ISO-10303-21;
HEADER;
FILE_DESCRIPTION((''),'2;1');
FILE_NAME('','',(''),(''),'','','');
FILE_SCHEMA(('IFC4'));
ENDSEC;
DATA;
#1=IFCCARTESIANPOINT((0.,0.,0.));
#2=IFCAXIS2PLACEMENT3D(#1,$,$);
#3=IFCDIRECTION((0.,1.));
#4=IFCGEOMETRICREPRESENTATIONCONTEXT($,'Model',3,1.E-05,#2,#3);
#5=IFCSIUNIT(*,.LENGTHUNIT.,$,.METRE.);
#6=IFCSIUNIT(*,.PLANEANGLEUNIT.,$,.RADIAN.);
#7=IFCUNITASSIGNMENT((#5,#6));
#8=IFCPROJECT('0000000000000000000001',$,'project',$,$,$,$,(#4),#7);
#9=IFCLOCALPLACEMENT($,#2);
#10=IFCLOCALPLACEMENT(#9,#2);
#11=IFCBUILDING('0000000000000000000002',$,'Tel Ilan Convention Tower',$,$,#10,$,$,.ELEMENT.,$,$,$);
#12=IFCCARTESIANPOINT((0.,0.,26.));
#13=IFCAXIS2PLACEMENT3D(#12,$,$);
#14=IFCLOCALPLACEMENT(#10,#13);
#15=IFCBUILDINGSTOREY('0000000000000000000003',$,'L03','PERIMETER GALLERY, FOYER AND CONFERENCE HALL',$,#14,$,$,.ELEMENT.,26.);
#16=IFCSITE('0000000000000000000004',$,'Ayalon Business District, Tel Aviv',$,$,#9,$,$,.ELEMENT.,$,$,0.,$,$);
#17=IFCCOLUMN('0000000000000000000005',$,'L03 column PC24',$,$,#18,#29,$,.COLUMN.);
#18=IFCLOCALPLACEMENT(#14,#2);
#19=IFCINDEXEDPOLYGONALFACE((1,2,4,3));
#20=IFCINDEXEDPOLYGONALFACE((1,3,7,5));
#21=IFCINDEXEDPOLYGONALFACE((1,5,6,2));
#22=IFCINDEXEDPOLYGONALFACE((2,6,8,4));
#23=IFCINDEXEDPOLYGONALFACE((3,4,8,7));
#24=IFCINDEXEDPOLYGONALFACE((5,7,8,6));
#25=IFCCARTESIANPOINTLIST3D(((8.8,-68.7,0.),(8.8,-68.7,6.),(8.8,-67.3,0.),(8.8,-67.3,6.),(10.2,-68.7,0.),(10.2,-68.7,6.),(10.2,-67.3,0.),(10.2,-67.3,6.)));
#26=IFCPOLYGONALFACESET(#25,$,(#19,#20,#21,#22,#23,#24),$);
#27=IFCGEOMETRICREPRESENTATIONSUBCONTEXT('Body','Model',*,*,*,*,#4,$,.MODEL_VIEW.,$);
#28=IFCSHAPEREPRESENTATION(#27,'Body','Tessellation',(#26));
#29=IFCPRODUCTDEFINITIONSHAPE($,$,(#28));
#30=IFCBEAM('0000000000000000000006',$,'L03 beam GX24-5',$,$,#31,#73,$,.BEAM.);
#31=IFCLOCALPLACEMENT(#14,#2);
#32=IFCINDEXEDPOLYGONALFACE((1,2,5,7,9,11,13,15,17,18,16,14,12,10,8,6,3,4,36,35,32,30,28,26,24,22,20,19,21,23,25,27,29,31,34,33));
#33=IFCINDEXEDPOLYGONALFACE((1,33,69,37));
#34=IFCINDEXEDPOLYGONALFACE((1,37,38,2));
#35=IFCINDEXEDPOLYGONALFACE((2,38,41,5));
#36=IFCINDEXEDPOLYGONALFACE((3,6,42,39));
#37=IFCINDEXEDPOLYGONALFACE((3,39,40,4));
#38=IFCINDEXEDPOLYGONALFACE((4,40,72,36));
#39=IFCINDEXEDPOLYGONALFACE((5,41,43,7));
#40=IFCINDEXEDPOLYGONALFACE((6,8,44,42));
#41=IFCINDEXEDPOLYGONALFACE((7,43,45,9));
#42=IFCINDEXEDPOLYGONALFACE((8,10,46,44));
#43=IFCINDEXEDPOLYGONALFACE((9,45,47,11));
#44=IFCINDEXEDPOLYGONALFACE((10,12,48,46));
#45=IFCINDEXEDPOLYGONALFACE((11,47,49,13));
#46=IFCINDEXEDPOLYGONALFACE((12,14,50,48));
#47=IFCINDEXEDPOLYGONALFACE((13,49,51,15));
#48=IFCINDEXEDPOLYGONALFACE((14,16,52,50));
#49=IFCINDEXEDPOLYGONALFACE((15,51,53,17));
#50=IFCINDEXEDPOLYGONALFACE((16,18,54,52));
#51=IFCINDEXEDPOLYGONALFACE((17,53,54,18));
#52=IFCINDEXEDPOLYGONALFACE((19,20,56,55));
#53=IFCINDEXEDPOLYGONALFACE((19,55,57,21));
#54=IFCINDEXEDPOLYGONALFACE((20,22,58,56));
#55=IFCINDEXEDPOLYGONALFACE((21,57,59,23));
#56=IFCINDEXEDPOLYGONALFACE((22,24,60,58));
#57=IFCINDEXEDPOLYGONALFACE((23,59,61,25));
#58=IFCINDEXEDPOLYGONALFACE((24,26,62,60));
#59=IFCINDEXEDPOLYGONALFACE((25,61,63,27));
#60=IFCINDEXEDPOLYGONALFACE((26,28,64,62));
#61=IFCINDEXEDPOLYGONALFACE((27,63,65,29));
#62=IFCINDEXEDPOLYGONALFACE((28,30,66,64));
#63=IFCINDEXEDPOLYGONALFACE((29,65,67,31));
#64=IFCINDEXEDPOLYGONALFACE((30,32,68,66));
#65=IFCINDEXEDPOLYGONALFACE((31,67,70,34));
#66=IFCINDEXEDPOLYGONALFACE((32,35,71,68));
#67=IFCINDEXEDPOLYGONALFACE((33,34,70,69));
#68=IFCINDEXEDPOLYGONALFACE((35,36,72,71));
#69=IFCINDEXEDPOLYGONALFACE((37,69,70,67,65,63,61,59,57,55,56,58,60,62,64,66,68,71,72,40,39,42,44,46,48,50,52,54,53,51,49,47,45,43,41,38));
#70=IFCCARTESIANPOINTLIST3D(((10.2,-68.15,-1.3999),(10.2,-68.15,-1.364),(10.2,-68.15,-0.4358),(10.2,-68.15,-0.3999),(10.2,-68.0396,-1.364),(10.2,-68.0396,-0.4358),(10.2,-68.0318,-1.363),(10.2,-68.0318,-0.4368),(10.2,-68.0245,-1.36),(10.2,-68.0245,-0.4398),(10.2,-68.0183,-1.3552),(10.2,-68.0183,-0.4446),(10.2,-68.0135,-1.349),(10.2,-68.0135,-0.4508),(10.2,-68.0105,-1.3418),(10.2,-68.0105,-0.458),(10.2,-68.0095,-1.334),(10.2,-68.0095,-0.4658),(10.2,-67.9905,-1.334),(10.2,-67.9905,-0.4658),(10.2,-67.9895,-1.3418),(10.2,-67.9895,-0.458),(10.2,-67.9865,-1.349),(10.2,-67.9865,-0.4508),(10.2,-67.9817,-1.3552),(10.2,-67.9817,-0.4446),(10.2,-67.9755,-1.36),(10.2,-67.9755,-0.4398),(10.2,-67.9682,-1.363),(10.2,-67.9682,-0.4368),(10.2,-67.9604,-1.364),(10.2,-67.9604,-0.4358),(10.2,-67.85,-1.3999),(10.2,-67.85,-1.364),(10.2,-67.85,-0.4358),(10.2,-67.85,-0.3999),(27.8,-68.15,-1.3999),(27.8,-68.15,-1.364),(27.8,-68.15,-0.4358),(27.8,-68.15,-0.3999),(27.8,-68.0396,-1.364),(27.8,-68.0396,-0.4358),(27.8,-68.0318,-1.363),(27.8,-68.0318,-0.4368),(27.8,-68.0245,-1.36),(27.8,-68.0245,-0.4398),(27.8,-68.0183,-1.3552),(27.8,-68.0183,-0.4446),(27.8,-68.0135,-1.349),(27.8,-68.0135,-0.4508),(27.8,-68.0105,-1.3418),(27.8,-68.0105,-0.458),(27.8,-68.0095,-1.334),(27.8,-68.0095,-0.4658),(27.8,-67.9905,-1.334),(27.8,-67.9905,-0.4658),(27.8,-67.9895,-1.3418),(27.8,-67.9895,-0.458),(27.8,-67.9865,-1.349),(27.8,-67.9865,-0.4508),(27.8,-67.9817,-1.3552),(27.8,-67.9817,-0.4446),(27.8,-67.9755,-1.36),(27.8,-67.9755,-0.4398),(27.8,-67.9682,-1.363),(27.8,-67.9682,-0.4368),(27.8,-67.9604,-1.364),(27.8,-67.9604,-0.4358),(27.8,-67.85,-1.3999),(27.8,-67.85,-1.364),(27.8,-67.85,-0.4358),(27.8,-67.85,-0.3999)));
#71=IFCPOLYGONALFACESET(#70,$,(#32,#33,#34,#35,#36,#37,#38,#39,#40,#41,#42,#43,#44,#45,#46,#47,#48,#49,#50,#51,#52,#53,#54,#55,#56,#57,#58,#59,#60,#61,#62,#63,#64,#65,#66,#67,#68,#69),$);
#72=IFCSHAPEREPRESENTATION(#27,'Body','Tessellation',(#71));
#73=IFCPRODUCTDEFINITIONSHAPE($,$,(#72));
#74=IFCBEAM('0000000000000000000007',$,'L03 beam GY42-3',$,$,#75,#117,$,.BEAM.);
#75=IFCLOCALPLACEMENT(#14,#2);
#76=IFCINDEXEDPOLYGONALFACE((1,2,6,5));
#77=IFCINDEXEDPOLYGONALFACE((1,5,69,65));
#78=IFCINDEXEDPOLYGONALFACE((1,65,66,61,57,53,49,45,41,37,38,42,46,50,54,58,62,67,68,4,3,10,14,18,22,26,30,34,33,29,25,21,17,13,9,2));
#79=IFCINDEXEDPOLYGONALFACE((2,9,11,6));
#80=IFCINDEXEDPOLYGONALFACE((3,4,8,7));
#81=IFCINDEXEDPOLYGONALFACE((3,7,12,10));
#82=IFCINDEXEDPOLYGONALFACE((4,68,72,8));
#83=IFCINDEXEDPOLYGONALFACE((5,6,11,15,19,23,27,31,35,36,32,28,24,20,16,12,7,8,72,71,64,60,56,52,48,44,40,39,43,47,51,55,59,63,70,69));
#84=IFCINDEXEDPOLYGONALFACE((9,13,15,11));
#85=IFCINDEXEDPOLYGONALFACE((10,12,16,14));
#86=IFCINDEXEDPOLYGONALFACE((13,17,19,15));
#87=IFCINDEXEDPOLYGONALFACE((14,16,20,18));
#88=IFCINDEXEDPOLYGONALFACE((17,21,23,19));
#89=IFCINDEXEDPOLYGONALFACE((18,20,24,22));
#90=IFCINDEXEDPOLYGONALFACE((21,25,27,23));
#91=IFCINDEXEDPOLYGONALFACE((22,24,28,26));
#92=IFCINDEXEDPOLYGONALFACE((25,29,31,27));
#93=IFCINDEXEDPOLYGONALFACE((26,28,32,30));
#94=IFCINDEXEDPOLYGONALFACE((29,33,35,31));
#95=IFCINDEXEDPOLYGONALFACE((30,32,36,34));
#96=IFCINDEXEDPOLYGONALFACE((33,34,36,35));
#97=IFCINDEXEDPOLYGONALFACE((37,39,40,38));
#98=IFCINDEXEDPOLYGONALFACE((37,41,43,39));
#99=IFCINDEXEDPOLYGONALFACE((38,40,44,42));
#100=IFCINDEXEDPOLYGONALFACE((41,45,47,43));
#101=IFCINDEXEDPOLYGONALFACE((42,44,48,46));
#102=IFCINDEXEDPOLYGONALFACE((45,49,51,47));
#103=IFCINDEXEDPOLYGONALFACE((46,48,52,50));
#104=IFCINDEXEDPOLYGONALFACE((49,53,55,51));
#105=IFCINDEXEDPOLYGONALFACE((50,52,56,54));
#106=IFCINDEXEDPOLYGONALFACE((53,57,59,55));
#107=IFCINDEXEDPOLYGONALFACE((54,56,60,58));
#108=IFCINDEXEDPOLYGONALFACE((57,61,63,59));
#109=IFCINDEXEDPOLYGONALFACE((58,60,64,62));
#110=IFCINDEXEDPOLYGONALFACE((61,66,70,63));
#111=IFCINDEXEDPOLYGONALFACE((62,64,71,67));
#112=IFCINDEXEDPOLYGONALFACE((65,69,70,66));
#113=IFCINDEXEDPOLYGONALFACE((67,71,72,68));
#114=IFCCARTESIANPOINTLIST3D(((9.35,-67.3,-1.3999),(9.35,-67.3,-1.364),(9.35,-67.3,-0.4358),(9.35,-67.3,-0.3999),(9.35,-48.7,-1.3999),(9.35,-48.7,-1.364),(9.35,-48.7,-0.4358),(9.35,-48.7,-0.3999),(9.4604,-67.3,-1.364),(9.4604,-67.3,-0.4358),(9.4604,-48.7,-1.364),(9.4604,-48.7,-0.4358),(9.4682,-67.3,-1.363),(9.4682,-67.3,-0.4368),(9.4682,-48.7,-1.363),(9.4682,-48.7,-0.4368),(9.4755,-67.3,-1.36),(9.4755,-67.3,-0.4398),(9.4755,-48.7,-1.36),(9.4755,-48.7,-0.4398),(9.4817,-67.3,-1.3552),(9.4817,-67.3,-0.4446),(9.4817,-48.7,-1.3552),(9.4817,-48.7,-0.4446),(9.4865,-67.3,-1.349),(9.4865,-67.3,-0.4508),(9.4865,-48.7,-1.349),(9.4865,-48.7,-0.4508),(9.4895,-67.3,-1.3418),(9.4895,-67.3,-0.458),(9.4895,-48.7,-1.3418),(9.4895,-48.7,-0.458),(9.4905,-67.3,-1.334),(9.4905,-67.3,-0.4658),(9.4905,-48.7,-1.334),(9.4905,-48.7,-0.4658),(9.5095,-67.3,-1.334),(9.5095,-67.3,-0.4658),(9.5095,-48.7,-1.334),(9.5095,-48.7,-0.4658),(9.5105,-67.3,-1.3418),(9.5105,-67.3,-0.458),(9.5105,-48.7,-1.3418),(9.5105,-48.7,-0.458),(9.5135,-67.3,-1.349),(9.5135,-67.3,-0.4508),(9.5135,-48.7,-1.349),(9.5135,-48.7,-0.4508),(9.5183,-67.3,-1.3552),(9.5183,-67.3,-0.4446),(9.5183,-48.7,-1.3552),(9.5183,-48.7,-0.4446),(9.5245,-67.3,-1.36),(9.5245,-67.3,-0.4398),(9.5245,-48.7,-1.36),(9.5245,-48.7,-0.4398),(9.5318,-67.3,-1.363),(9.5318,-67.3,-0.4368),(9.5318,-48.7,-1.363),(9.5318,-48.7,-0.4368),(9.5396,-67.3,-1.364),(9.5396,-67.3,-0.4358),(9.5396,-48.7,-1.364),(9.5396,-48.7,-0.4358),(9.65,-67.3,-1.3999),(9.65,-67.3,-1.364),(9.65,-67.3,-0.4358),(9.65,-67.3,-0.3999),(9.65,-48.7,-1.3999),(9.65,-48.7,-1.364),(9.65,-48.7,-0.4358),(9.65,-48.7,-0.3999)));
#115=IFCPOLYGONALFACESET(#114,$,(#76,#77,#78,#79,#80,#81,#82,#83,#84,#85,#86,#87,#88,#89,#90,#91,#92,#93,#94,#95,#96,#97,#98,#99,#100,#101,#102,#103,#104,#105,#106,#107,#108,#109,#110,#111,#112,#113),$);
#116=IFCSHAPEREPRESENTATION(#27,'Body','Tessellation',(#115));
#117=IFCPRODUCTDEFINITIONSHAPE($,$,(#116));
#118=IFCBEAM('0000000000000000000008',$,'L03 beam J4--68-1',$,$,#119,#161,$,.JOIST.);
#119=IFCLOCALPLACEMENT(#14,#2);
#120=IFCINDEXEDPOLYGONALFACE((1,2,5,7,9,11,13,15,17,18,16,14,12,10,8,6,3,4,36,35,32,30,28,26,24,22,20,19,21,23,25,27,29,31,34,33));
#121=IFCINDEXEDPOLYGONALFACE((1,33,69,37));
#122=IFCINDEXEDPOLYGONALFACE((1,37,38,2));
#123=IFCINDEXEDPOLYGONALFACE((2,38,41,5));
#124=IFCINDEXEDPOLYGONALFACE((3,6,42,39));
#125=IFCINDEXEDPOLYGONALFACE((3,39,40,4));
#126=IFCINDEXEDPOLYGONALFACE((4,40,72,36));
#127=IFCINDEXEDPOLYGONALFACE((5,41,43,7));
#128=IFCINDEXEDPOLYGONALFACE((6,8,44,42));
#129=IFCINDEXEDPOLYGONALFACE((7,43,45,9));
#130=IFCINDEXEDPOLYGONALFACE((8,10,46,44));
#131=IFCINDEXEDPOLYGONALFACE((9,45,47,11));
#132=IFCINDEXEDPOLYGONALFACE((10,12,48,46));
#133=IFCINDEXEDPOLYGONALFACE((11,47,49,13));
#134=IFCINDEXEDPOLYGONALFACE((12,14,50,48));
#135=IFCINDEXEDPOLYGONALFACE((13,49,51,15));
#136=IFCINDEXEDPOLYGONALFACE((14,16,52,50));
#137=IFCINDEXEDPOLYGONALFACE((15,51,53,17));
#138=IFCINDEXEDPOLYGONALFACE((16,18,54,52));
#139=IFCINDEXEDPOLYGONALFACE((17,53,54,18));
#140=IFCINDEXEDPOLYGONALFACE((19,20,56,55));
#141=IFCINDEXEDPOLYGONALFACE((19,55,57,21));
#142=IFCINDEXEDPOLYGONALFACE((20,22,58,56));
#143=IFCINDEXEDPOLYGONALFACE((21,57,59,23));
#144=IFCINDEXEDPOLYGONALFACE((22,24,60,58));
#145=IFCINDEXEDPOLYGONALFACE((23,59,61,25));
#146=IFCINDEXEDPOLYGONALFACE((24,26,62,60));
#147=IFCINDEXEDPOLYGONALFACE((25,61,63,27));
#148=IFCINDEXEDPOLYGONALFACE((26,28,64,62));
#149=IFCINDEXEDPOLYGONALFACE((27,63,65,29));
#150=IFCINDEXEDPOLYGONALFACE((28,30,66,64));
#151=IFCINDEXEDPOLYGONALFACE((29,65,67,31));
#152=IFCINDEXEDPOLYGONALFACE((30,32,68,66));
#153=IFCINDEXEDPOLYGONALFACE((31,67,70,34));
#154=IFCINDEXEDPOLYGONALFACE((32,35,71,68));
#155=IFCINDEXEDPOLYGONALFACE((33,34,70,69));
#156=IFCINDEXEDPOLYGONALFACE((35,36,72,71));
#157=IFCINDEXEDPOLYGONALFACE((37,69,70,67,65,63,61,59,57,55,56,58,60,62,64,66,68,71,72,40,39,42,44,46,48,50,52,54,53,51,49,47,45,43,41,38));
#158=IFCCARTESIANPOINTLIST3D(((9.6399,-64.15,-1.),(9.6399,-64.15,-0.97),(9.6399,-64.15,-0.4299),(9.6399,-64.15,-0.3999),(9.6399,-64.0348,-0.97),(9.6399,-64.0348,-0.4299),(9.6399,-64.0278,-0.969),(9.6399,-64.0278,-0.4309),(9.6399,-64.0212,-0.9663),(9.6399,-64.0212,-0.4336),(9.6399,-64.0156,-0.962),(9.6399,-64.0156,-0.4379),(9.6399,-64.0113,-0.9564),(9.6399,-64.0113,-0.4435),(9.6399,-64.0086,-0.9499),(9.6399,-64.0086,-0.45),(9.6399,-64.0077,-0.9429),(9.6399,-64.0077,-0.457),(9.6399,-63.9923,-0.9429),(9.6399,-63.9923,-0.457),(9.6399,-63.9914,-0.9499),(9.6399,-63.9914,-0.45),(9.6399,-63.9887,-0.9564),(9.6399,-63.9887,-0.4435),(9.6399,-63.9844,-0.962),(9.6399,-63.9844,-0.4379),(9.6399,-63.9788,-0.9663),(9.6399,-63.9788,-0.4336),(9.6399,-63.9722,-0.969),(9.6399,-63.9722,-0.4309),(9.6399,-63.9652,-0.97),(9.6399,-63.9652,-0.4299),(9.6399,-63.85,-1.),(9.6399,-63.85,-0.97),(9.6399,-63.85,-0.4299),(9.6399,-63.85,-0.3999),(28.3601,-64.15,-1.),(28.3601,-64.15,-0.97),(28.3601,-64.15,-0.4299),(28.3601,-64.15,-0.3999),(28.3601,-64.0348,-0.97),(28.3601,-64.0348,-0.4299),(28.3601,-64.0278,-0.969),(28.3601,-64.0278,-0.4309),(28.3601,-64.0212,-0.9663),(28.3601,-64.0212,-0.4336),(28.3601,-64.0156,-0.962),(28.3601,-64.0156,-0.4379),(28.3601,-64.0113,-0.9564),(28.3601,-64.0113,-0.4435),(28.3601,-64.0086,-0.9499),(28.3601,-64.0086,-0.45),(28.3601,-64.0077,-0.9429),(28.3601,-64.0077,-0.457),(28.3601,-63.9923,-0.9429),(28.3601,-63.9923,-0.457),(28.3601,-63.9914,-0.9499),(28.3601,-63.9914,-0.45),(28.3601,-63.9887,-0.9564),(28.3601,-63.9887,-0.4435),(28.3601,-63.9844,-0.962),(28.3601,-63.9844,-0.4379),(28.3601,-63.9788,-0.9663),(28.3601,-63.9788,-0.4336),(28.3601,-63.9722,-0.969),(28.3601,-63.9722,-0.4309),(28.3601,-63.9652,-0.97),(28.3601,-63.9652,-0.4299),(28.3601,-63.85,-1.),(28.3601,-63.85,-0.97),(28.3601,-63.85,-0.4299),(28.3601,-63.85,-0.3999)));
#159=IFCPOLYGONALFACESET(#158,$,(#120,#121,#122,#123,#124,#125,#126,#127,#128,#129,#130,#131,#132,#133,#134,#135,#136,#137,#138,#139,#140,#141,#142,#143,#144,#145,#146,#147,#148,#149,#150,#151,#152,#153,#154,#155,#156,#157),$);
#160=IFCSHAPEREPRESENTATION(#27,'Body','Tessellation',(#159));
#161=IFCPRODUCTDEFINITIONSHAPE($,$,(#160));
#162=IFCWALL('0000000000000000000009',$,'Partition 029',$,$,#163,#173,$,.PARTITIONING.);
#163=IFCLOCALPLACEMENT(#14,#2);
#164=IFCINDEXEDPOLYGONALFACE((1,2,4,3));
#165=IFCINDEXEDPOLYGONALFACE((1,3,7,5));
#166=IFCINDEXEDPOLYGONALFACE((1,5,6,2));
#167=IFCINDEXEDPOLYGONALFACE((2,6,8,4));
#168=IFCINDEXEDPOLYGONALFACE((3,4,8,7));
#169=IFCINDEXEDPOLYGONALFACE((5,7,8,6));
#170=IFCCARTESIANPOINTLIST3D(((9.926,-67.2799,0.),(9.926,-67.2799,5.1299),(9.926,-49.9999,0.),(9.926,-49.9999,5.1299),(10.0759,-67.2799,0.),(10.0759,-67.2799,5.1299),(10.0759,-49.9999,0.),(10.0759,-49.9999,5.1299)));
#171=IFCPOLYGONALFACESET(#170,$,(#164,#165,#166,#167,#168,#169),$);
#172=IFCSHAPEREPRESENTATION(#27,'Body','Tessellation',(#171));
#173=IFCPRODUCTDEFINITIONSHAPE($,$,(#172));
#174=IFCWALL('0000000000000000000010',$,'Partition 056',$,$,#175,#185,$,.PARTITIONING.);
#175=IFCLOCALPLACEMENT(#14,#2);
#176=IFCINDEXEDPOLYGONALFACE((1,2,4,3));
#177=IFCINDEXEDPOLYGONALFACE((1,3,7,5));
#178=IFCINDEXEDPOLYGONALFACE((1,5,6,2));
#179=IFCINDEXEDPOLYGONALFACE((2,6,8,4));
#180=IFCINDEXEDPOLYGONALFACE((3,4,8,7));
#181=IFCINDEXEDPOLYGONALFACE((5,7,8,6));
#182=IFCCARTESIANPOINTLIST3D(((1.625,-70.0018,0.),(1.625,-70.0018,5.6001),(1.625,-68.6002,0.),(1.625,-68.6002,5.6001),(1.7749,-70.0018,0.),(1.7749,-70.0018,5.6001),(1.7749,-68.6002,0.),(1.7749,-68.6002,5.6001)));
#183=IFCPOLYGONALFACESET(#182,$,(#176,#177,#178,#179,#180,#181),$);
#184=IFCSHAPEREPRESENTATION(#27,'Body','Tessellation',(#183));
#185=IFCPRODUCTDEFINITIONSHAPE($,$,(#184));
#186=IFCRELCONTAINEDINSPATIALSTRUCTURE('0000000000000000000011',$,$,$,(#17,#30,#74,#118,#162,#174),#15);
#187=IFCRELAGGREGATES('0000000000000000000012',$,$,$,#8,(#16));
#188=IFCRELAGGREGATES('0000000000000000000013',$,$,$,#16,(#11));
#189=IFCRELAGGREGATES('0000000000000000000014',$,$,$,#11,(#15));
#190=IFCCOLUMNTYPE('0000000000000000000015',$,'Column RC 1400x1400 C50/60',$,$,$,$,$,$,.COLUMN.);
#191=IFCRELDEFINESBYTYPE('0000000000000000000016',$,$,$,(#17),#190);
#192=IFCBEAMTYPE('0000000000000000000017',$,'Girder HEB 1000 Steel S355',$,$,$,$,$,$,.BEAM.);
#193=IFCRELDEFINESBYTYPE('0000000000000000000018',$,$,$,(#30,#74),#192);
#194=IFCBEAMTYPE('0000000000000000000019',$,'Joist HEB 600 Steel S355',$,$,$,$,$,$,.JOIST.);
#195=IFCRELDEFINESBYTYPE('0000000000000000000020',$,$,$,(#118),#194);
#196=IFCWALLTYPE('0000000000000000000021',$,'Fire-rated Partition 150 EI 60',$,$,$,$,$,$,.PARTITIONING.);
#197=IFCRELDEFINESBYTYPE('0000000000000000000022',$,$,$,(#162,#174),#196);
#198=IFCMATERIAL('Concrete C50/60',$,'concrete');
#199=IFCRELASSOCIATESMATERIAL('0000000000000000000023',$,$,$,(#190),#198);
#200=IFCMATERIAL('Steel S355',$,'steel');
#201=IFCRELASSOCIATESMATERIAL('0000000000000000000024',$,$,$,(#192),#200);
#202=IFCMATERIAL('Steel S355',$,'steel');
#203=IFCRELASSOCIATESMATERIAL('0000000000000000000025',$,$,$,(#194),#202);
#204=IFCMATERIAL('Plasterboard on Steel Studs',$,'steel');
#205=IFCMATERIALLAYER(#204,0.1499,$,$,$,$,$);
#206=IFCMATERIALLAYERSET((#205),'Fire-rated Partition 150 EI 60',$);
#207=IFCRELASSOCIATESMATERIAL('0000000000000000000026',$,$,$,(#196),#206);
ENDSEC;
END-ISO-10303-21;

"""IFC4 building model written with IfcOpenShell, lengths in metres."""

from ifc_helpers import new_model, si_unit, direction, frame, frame_2d, origin, origin_2d, place, context, subcontext, project, spatial, rectangle, i_section, extrude, material, layer, layer_set, material_profile, profile_set, type_object, element, save


model = new_model("IFC4")

# Units and contexts
model_context = context("Model", 3, precision=1e-05, world=origin(), true_north=direction((0.0, 1.0)))
body_context = subcontext(model_context, "Body", "Model", "MODEL_VIEW")
ifc_project = project(units=[si_unit("LENGTHUNIT", "METRE"), si_unit("PLANEANGLEUNIT", "RADIAN")], contexts=[model_context])

# Site, building, storey
site_placement = place(None, origin())
site = spatial("IfcSite", under=ifc_project, at=site_placement, Name="Ayalon Business District, Tel Aviv", CompositionType="ELEMENT", RefElevation=0.0)
building_placement = place(site_placement, origin())
building = spatial("IfcBuilding", under=site, at=building_placement, Name="Tel Ilan Convention Tower", CompositionType="ELEMENT")
storey_placement = place(building_placement, frame((0.0, 0.0, 26.0)))
storey = spatial("IfcBuildingStorey", under=building, at=storey_placement, Name="L03", Description="PERIMETER GALLERY, FOYER AND CONFERENCE HALL", CompositionType="ELEMENT", Elevation=26.0)

# Column
ifc_material_1 = material(Name="Concrete C50/60", Category="concrete")
ifc_material_profile_1 = material_profile(ifc_material_1, rectangle(XDim=1.3999, YDim=1.3999, at=origin_2d()), Name="RC 1400x1400")
ifc_profile_set_1 = profile_set([ifc_material_profile_1], Name="Concrete C50/60")
column_type = type_object("IfcColumnType", Name="Column RC 1400x1400 C50/60", PredefinedType="COLUMN", material=ifc_profile_set_1)
column_placement = place(storey_placement, frame((9.5, -68.0, 0.0), z_axis=(0.0, 0.0, 1.0), x_axis=(1.0, 0.0, 0.0)))
element("IfcColumn", 1, at=column_placement, inside=storey, type_object=column_type, Name="L03 column PC24", PredefinedType="COLUMN", context=body_context, shape_type="SweptSolid", body=[
    extrude(rectangle(XDim=1.3999, YDim=1.3999, at=origin_2d()), origin(), (0.0, 0.0, 1.0), 6.0),
])

# Beams
ifc_material_2 = material(Name="Steel S355", Category="steel")
ifc_material_profile_2 = material_profile(ifc_material_2, i_section(OverallWidth=0.3, OverallDepth=1.0, WebThickness=0.019, FlangeThickness=0.0359, FilletRadius=0.03, at=origin_2d()), Name="HEB 1000")
ifc_profile_set_2 = profile_set([ifc_material_profile_2], Name="Steel S355")
beam_type_1 = type_object("IfcBeamType", Name="Girder HEB 1000 Steel S355", PredefinedType="BEAM", material=ifc_profile_set_2)
beam_1_placement = place(storey_placement, frame((10.2, -68.0, -0.8999), z_axis=(1.0, 0.0, 0.0), x_axis=(0.0, 1.0, 0.0)))
element("IfcBeam", 2, at=beam_1_placement, inside=storey, type_object=beam_type_1, Name="L03 beam GX24-5", PredefinedType="BEAM", context=body_context, shape_type="SweptSolid", body=[
    extrude(i_section(OverallWidth=0.3, OverallDepth=1.0, WebThickness=0.019, FlangeThickness=0.0359, FilletRadius=0.03, at=origin_2d()), origin(), (0.0, 0.0, 1.0), 17.6001),
])
beam_2_placement = place(storey_placement, frame((9.5, -67.3, -0.8999), z_axis=(0.0, 1.0, 0.0), x_axis=(-1.0, 0.0, 0.0)))
element("IfcBeam", 3, at=beam_2_placement, inside=storey, type_object=beam_type_1, Name="L03 beam GY42-3", PredefinedType="BEAM", context=body_context, shape_type="SweptSolid", body=[
    extrude(i_section(OverallWidth=0.3, OverallDepth=1.0, WebThickness=0.019, FlangeThickness=0.0359, FilletRadius=0.03, at=origin_2d()), origin(), (0.0, 0.0, 1.0), 18.6001),
])
ifc_material_3 = material(Name="Steel S355", Category="steel")
ifc_material_profile_3 = material_profile(ifc_material_3, i_section(OverallWidth=0.3, OverallDepth=0.6001, WebThickness=0.0154, FlangeThickness=0.03, FilletRadius=0.0271, at=origin_2d()), Name="HEB 600")
ifc_profile_set_3 = profile_set([ifc_material_profile_3], Name="Steel S355")
beam_type_2 = type_object("IfcBeamType", Name="Joist HEB 600 Steel S355", PredefinedType="JOIST", material=ifc_profile_set_3)
beam_3_placement = place(storey_placement, frame((9.6399, -64.0, -0.7), z_axis=(1.0, 0.0, 0.0), x_axis=(0.0, 1.0, 0.0)))
element("IfcBeam", 4, at=beam_3_placement, inside=storey, type_object=beam_type_2, Name="L03 beam J4--68-1", PredefinedType="JOIST", context=body_context, shape_type="SweptSolid", body=[
    extrude(i_section(OverallWidth=0.3, OverallDepth=0.6001, WebThickness=0.0154, FlangeThickness=0.03, FilletRadius=0.0271, at=origin_2d()), origin(), (0.0, 0.0, 1.0), 18.7202),
])

# Walls
ifc_material_4 = material(Name="Plasterboard on Steel Studs", Category="steel")
ifc_layer_1 = layer(ifc_material_4, 0.1499)
ifc_layer_set_1 = layer_set([ifc_layer_1], Name="Fire-rated Partition 150 EI 60")
wall_type_1 = type_object("IfcWallType", Name="Fire-rated Partition 150 EI 60", PredefinedType="PARTITIONING", material=ifc_layer_set_1)
wall_1_placement = place(storey_placement, frame((10.001, -67.28, 0.0), z_axis=(0.0, 0.0, 1.0), x_axis=(0.0, 1.0, 0.0)))
element("IfcWall", 5, at=wall_1_placement, inside=storey, type_object=wall_type_1, Name="Partition 029", PredefinedType="PARTITIONING", context=body_context, shape_type="SweptSolid", body=[
    extrude(rectangle(XDim=17.28, YDim=0.1499, at=frame_2d((8.6401, 0.0))), origin(), (0.0, 0.0, 1.0), 5.1299),
])
wall_2_placement = place(storey_placement, frame((1.7, -70.0017, 0.0), z_axis=(0.0, 0.0, 1.0), x_axis=(0.0, 1.0, 0.0)))
element("IfcWall", 6, at=wall_2_placement, inside=storey, type_object=wall_type_1, Name="Partition 056", PredefinedType="PARTITIONING", context=body_context, shape_type="SweptSolid", body=[
    extrude(rectangle(XDim=1.4016, YDim=0.1499, at=frame_2d((0.7007, 0.0))), origin(), (0.0, 0.0, 1.0), 5.6001),
])

save(model, "model.ifc")
